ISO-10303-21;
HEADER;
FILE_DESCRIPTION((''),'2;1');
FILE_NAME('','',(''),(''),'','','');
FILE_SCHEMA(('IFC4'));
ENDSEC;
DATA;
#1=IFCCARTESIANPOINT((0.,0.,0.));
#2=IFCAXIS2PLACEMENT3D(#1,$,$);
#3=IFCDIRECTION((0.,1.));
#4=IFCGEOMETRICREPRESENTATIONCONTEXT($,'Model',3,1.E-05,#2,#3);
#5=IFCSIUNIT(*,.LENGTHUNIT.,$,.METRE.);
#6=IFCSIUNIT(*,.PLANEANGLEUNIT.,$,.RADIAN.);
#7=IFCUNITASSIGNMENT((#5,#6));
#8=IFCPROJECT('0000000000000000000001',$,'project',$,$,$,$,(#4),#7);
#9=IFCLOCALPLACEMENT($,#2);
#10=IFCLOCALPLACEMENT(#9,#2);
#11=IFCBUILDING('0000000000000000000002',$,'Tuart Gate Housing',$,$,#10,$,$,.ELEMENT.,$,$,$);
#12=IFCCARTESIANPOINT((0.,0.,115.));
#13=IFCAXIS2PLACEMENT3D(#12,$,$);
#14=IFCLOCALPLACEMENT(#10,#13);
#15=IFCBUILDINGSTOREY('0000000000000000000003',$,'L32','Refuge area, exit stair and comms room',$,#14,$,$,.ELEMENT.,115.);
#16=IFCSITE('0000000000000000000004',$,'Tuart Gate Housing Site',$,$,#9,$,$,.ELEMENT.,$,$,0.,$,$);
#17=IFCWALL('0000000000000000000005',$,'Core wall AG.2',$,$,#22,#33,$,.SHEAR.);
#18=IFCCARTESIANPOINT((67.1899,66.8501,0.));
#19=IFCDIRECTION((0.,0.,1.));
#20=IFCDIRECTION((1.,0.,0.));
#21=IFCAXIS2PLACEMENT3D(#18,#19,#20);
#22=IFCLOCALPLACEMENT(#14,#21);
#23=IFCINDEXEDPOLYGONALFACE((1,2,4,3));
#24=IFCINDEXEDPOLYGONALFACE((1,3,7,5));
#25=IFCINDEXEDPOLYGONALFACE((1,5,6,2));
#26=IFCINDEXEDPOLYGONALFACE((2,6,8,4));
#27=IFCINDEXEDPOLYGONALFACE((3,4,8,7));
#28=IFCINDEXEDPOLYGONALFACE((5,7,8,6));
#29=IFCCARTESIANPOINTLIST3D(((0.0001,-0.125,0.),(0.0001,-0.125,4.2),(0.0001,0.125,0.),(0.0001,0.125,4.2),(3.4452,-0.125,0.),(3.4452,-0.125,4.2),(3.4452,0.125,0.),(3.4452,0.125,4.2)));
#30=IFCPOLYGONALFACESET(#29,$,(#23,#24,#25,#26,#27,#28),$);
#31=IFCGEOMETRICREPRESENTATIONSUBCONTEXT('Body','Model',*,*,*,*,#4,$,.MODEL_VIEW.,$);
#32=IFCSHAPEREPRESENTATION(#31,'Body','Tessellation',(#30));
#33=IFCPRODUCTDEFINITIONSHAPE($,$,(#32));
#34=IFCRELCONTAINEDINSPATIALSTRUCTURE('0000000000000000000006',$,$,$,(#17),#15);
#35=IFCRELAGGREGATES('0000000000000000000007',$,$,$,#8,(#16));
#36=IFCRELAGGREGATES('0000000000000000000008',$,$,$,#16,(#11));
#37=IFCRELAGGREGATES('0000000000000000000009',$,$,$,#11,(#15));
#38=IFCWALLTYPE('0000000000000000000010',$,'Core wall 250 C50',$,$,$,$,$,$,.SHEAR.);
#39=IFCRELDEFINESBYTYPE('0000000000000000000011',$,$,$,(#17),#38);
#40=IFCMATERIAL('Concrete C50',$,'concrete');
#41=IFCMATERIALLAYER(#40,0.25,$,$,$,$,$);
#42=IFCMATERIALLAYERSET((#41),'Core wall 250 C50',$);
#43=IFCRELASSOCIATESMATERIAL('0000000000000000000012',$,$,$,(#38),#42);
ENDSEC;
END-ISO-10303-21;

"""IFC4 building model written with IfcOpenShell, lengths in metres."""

from ifc_helpers import new_model, si_unit, direction, frame, frame_2d, origin, place, context, subcontext, project, spatial, rectangle, extrude, material, layer, layer_set, type_object, element, save


model = new_model("IFC4")

# Units and contexts
model_context = context("Model", 3, precision=1e-05, world=origin(), true_north=direction((0.0, 1.0)))
body_context = subcontext(model_context, "Body", "Model", "MODEL_VIEW")
ifc_project = project(units=[si_unit("LENGTHUNIT", "METRE"), si_unit("PLANEANGLEUNIT", "RADIAN")], contexts=[model_context])

# Site, building, storey
site_placement = place(None, origin())
site = spatial("IfcSite", under=ifc_project, at=site_placement, Name="Tuart Gate Housing Site", CompositionType="ELEMENT", RefElevation=0.0)
building_placement = place(site_placement, origin())
building = spatial("IfcBuilding", under=site, at=building_placement, Name="Tuart Gate Housing", CompositionType="ELEMENT")
storey_placement = place(building_placement, frame((0.0, 0.0, 115.0)))
storey = spatial("IfcBuildingStorey", under=building, at=storey_placement, Name="L32", Description="Refuge area, exit stair and comms room", CompositionType="ELEMENT", Elevation=115.0)

# Wall
ifc_material_1 = material(Name="Concrete C50", Category="concrete")
ifc_layer_1 = layer(ifc_material_1, 0.25)
ifc_layer_set_1 = layer_set([ifc_layer_1], Name="Core wall 250 C50")
wall_type_1 = type_object("IfcWallType", Name="Core wall 250 C50", PredefinedType="SHEAR", material=ifc_layer_set_1)
wall_1_placement = place(storey_placement, frame((67.1899, 66.8501, 0.0), z_axis=(0.0, 0.0, 1.0), x_axis=(1.0, 0.0, 0.0)))
element("IfcWall", 1, at=wall_1_placement, inside=storey, type_object=wall_type_1, Name="Core wall AG.2", PredefinedType="SHEAR", context=body_context, shape_type="SweptSolid", body=[
    extrude(rectangle(XDim=3.4451, YDim=0.25, at=frame_2d((1.7227, 0.0))), origin(), (0.0, 0.0, 1.0), 4.2),
])

save(model, "model.ifc")
